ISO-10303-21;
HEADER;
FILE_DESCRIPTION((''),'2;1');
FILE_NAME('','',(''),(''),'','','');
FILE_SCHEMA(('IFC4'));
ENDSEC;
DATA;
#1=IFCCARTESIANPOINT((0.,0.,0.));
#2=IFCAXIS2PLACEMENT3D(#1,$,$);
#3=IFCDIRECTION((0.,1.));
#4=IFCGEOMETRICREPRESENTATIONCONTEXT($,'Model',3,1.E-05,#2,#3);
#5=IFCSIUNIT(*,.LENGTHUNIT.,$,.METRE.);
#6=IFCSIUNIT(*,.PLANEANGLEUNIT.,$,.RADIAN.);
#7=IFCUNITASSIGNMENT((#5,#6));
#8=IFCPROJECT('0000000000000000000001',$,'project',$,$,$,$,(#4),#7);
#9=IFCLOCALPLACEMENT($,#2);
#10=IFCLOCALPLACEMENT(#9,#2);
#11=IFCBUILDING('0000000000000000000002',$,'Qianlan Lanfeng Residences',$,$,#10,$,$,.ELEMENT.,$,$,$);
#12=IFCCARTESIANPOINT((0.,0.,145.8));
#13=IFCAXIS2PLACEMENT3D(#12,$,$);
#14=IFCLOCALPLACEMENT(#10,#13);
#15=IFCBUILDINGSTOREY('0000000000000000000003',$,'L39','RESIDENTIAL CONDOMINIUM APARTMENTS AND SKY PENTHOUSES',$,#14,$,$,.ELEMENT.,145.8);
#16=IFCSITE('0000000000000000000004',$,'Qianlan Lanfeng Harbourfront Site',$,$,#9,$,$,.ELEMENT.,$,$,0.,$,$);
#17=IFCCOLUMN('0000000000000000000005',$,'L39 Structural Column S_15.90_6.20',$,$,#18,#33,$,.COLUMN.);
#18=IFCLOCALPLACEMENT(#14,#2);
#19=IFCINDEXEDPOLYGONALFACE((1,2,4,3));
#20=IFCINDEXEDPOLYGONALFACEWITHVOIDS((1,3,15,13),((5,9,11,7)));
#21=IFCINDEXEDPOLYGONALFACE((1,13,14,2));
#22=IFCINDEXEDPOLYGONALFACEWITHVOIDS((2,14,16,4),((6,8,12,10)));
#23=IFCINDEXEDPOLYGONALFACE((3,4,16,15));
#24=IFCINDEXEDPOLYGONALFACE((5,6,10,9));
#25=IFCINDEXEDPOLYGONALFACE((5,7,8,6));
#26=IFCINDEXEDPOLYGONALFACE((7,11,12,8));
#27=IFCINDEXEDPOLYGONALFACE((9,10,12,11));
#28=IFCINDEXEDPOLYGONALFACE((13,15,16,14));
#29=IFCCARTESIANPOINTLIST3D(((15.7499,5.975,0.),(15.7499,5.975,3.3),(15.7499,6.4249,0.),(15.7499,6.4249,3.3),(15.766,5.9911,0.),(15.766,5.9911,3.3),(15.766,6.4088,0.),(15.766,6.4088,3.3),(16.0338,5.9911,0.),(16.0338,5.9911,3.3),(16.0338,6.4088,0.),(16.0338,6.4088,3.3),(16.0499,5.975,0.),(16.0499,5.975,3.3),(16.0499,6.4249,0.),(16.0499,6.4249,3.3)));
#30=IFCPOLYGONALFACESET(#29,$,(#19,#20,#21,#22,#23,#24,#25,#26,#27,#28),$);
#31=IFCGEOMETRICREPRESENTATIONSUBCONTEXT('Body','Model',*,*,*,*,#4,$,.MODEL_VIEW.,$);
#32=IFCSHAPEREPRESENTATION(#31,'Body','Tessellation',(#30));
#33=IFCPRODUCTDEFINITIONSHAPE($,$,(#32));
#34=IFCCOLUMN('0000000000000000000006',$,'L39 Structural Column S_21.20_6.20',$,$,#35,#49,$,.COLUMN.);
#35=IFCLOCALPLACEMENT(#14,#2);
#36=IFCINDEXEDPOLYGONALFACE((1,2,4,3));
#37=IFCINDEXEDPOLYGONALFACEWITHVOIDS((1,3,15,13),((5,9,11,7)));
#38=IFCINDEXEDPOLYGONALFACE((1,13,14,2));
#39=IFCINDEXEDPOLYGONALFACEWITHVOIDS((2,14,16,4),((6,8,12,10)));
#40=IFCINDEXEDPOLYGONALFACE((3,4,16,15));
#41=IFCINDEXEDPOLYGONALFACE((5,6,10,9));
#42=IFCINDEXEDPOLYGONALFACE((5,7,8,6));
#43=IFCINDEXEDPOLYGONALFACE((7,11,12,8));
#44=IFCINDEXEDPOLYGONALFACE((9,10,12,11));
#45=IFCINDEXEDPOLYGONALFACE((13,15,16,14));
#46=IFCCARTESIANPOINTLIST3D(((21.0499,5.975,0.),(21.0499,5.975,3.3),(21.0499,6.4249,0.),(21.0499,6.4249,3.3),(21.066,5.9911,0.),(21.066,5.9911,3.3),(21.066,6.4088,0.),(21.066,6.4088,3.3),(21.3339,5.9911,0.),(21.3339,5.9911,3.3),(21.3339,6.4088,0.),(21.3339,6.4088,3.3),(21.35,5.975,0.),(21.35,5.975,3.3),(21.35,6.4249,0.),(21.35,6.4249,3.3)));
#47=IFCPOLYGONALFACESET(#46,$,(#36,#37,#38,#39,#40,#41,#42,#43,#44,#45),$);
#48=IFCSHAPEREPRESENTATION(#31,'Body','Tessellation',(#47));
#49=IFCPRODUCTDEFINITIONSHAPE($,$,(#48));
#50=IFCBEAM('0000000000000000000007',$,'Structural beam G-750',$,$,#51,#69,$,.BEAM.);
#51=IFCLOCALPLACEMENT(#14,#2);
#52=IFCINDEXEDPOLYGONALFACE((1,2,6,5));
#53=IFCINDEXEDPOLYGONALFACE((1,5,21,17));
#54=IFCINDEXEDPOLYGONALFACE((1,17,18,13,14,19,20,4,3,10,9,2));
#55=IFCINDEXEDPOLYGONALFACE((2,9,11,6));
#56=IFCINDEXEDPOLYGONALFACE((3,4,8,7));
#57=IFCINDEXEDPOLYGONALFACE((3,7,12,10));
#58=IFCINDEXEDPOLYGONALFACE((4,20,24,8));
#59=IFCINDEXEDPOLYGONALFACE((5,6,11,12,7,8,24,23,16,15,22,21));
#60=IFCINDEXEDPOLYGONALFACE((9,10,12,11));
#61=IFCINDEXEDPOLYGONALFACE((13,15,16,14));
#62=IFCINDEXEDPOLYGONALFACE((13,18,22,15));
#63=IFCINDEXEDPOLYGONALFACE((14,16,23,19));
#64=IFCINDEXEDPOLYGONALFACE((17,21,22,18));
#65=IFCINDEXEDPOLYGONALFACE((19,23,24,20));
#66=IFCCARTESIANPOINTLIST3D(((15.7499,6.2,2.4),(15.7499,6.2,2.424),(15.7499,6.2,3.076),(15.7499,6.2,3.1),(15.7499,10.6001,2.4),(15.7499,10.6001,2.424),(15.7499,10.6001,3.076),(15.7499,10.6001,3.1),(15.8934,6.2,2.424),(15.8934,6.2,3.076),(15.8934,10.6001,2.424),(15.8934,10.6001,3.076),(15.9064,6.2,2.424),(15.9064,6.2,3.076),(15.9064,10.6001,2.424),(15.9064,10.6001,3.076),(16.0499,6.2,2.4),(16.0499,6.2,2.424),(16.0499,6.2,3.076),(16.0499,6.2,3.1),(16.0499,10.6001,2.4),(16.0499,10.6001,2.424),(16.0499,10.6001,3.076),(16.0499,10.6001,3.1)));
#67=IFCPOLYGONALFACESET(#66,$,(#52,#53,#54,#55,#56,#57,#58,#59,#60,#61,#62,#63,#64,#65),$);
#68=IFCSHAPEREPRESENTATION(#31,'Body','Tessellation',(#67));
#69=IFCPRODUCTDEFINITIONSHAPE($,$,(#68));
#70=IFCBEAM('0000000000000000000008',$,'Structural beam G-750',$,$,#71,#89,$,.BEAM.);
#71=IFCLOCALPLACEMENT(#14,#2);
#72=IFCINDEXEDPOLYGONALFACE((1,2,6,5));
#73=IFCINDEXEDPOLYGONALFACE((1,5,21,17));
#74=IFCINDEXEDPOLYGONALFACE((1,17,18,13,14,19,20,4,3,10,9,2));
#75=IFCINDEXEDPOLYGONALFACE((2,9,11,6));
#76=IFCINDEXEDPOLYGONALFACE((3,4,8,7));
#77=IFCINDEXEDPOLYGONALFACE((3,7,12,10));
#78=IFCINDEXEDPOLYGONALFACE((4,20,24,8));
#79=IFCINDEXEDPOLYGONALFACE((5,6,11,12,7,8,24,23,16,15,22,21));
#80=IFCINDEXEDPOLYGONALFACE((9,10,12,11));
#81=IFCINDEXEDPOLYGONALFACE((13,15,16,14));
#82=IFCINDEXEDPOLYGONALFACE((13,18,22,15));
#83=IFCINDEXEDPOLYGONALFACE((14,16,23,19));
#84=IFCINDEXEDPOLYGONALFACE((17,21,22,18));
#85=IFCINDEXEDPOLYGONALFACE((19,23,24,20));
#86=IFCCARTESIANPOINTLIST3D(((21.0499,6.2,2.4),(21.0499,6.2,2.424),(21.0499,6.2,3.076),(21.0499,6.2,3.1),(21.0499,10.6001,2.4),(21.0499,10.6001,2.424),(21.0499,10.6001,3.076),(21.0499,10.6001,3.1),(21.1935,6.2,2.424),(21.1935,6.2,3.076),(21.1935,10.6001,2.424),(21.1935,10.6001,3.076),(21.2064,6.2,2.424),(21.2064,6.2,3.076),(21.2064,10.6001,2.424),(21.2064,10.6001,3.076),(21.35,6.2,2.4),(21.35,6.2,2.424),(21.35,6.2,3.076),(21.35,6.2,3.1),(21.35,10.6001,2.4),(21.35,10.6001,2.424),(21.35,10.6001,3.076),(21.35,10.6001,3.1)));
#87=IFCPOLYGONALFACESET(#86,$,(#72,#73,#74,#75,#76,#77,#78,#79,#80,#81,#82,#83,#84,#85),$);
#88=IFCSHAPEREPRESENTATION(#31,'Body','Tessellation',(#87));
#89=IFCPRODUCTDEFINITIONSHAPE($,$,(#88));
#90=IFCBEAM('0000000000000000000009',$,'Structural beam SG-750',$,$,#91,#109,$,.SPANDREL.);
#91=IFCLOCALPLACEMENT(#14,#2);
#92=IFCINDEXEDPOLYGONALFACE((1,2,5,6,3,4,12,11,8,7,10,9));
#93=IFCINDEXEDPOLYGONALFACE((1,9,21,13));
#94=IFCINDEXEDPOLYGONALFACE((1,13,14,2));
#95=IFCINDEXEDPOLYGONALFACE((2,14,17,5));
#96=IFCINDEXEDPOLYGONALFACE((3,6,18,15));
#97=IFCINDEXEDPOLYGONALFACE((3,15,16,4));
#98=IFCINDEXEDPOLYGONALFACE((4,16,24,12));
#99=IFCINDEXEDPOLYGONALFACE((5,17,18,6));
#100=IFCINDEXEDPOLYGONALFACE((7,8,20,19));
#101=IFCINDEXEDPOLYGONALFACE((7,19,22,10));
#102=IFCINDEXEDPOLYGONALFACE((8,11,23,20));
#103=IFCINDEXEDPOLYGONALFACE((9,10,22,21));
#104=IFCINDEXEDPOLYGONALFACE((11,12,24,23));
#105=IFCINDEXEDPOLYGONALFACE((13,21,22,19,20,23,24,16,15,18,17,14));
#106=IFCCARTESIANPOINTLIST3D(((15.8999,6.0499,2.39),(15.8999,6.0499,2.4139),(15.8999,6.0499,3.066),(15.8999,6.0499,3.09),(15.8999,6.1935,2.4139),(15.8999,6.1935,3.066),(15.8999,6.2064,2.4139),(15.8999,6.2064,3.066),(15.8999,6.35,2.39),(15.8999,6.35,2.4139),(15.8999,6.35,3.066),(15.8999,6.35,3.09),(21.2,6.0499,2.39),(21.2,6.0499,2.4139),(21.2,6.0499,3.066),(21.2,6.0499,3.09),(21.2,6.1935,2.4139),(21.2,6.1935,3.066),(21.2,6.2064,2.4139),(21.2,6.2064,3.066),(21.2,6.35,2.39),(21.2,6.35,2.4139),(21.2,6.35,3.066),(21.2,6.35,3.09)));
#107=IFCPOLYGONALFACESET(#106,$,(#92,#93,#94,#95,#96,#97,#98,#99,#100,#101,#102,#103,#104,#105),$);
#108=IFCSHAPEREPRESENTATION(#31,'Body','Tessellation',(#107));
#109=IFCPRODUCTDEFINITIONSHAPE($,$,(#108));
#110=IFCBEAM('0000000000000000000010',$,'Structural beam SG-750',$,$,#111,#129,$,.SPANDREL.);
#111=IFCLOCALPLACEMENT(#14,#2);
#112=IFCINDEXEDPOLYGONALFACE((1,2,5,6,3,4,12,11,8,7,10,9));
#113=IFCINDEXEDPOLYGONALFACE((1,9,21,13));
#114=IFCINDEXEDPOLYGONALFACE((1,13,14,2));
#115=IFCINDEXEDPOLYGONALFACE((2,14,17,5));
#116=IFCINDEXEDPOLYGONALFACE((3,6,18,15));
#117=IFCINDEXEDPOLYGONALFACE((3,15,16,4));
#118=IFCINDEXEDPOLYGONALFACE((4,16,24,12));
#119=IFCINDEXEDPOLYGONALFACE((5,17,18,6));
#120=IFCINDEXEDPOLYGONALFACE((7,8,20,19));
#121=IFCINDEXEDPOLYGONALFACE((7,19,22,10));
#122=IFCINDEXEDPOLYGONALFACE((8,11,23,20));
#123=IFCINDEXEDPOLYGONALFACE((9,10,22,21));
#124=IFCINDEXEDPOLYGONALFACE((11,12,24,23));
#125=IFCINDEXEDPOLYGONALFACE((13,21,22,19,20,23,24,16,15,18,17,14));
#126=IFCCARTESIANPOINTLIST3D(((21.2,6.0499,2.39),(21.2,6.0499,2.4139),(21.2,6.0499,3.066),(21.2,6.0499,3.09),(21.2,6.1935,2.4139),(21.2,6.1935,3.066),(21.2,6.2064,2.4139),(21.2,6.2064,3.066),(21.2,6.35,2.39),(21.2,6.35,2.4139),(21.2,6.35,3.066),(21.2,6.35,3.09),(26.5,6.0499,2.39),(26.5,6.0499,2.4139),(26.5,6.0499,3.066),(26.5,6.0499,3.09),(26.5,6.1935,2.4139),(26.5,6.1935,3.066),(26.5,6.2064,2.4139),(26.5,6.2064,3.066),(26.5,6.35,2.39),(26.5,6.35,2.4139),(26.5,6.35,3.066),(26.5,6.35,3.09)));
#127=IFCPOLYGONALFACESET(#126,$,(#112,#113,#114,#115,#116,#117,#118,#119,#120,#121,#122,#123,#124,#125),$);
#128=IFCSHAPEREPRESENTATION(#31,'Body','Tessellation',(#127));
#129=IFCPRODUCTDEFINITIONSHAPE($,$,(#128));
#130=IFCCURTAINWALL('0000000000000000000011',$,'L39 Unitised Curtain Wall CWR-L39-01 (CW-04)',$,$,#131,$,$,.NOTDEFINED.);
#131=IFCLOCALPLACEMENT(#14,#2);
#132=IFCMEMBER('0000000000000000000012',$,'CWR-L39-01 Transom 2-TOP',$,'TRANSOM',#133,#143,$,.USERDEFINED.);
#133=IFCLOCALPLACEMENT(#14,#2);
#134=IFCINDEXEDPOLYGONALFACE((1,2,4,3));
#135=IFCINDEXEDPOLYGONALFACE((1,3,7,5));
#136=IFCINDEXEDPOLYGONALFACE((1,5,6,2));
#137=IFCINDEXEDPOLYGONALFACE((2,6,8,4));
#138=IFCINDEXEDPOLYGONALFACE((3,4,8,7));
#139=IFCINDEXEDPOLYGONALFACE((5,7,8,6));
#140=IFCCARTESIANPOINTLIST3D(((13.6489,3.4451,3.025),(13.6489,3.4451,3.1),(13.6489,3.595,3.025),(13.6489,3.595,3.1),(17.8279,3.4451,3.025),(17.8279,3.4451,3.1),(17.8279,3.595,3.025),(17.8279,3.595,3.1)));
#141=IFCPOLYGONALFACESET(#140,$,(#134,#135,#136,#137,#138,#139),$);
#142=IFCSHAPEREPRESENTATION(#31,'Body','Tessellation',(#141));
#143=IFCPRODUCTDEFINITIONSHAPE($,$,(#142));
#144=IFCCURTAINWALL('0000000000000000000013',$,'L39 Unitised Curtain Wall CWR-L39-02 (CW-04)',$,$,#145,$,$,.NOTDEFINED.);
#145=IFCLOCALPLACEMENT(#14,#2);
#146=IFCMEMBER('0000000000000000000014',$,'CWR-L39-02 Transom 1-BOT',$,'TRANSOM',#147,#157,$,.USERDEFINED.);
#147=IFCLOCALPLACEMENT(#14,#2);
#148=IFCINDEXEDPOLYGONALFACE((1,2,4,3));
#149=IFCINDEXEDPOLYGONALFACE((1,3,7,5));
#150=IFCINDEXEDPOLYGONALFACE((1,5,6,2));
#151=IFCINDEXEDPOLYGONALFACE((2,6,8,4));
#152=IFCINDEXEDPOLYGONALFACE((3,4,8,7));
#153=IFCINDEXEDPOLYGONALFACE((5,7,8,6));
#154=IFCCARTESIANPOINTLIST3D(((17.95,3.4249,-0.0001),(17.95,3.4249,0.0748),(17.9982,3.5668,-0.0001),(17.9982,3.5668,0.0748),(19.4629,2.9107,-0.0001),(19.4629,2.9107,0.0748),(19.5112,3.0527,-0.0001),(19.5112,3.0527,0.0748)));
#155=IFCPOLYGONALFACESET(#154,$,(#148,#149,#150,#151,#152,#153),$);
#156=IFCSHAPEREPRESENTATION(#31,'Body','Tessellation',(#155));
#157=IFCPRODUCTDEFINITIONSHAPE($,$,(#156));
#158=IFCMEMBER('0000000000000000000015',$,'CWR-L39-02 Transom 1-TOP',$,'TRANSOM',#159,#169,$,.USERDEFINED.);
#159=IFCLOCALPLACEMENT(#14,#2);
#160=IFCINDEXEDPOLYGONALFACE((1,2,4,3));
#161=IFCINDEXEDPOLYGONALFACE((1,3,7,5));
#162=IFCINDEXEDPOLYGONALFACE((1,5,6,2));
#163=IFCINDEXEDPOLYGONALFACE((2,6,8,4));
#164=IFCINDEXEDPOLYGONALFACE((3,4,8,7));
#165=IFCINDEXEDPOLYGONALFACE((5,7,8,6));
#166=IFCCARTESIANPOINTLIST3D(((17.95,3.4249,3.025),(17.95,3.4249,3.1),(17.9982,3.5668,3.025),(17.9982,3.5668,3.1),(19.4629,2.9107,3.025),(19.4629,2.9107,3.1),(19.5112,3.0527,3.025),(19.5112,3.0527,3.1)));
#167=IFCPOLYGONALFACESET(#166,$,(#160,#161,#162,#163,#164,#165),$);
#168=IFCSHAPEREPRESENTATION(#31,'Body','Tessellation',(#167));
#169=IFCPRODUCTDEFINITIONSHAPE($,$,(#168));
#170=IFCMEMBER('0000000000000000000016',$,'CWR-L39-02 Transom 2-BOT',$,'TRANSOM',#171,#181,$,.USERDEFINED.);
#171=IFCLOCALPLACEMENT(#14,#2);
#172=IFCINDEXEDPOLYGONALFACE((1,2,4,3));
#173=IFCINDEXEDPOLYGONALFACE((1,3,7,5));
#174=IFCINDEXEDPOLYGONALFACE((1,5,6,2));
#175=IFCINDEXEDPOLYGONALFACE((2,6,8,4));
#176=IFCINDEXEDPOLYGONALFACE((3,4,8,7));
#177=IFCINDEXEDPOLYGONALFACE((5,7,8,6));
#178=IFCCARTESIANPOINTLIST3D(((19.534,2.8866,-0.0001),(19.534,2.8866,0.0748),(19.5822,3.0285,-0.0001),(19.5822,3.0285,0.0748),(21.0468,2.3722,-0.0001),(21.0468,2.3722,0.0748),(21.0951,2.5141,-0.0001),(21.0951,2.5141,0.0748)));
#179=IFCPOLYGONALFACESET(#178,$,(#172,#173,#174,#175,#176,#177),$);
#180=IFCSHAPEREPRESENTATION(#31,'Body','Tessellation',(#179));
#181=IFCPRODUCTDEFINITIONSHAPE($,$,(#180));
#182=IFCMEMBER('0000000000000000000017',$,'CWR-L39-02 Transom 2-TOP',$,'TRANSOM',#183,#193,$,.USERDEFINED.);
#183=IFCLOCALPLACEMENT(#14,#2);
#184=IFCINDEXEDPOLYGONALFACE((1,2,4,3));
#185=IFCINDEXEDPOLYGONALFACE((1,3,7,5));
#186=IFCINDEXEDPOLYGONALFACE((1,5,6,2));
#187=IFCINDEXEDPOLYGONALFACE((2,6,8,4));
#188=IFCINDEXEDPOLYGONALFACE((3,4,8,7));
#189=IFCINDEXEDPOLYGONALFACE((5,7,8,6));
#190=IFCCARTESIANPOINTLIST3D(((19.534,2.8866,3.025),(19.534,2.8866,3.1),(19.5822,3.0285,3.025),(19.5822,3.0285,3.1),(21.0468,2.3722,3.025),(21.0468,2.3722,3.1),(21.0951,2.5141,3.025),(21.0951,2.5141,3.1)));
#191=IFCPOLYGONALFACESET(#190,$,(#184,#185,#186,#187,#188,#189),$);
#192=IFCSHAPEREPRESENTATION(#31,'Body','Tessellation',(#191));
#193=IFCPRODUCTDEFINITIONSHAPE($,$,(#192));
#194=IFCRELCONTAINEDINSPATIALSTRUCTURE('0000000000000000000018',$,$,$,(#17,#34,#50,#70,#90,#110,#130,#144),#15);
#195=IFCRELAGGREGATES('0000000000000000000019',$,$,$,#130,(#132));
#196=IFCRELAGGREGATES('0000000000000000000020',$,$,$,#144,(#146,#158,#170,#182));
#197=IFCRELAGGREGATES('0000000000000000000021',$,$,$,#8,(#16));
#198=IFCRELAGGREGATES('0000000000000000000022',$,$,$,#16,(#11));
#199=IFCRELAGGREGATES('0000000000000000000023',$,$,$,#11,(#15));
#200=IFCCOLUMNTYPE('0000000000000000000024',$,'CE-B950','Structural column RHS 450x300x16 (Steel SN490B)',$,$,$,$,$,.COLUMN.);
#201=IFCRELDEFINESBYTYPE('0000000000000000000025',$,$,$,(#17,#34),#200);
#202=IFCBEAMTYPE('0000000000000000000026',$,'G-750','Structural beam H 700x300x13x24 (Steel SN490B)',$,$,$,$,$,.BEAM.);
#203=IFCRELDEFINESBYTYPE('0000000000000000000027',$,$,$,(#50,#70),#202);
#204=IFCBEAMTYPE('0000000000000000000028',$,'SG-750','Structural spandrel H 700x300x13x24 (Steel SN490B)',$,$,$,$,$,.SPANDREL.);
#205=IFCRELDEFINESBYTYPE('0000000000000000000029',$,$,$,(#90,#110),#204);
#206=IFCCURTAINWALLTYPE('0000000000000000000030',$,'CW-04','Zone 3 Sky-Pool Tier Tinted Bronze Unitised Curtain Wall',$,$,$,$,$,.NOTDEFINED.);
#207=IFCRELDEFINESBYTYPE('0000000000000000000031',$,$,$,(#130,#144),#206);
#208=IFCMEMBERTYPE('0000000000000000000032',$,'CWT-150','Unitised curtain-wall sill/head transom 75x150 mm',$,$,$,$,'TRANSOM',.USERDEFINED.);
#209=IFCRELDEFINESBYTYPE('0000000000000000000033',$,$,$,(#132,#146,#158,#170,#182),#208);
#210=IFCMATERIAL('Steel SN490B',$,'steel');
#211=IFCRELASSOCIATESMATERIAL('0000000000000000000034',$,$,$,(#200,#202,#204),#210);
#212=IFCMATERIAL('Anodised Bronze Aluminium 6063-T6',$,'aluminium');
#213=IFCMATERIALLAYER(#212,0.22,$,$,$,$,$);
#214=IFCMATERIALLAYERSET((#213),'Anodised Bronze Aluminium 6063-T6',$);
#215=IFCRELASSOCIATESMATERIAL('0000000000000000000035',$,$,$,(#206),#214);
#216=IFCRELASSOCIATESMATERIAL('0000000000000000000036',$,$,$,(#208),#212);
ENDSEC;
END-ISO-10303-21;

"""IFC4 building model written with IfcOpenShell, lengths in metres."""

from ifc_helpers import new_model, si_unit, direction, frame, origin, origin_2d, place, context, subcontext, project, spatial, rectangle, hollow_rectangle, i_section, extrude, source, transform, mapped, material, layer, layer_set, material_profile, profile_set, type_object, element, aggregate, save


model = new_model("IFC4")

# Units and contexts
model_context = context("Model", 3, precision=1e-05, world=origin(), true_north=direction((0.0, 1.0)))
body_context = subcontext(model_context, "Body", "Model", "MODEL_VIEW")
ifc_project = project(units=[si_unit("LENGTHUNIT", "METRE"), si_unit("PLANEANGLEUNIT", "RADIAN")], contexts=[model_context])

# Site, building, storey
site_placement = place(None, origin())
site = spatial("IfcSite", under=ifc_project, at=site_placement, Name="Qianlan Lanfeng Harbourfront Site", CompositionType="ELEMENT", RefElevation=0.0)
building_placement = place(site_placement, origin())
building = spatial("IfcBuilding", under=site, at=building_placement, Name="Qianlan Lanfeng Residences", CompositionType="ELEMENT")
storey_placement = place(building_placement, frame((0.0, 0.0, 145.8)))
storey = spatial("IfcBuildingStorey", under=building, at=storey_placement, Name="L39", Description="RESIDENTIAL CONDOMINIUM APARTMENTS AND SKY PENTHOUSES", CompositionType="ELEMENT", Elevation=145.8)

# Columns
ifc_material_1 = material(Name="Steel SN490B", Category="steel")
ifc_material_profile_1 = material_profile(ifc_material_1, hollow_rectangle(XDim=0.3, YDim=0.45, WallThickness=0.0161, at=origin_2d()), Name="RHS 450x300x16")
ifc_profile_set_1 = profile_set([ifc_material_profile_1], Name="Steel SN490B")
column_type = type_object("IfcColumnType", Name="CE-B950", Description="Structural column RHS 450x300x16 (Steel SN490B)", PredefinedType="COLUMN", material=ifc_profile_set_1)
for number, where, z_axis, x_axis, name in (
    (1, (15.8999, 6.2, 0.0), (0.0, 0.0, 1.0), (1.0, 0.0, 0.0), "L39 Structural Column S_15.90_6.20"),
    (2, (21.2, 6.2, 0.0), (0.0, 0.0, 1.0), (1.0, 0.0, 0.0), "L39 Structural Column S_21.20_6.20"),
):
    element("IfcColumn", number, at=place(storey_placement, frame(where, z_axis=z_axis, x_axis=x_axis)), inside=storey, type_object=column_type, Name=name, PredefinedType="COLUMN", context=body_context, shape_type="SweptSolid", body=[
        extrude(hollow_rectangle(XDim=0.3, YDim=0.45, WallThickness=0.0161, at=origin_2d()), origin(), (0.0, 0.0, 1.0), 3.3),
    ])

# Beams
ifc_material_profile_2 = material_profile(ifc_material_1, i_section(OverallWidth=0.3, OverallDepth=0.7, WebThickness=0.0129, FlangeThickness=0.0239, at=origin_2d()), Name="H 700x300x13x24")
ifc_profile_set_2 = profile_set([ifc_material_profile_2], Name="Steel SN490B")
beam_type_1 = type_object("IfcBeamType", Name="G-750", Description="Structural beam H 700x300x13x24 (Steel SN490B)", PredefinedType="BEAM", material=ifc_profile_set_2)
for number, where, z_axis, x_axis, name in (
    (3, (15.8999, 6.2, 2.75), (0.0, 1.0, 0.0), (-1.0, 0.0, 0.0), "Structural beam G-750"),
    (4, (21.2, 6.2, 2.75), (0.0, 1.0, 0.0), (-1.0, 0.0, 0.0), "Structural beam G-750"),
):
    element("IfcBeam", number, at=place(storey_placement, frame(where, z_axis=z_axis, x_axis=x_axis)), inside=storey, type_object=beam_type_1, Name=name, PredefinedType="BEAM", context=body_context, shape_type="SweptSolid", body=[
        extrude(i_section(OverallWidth=0.3, OverallDepth=0.7, WebThickness=0.0129, FlangeThickness=0.0239, at=origin_2d()), origin(), (0.0, 0.0, 1.0), 4.4001),
    ])
ifc_material_profile_3 = material_profile(ifc_material_1, i_section(OverallWidth=0.3, OverallDepth=0.7, WebThickness=0.0129, FlangeThickness=0.0239, at=origin_2d()), Name="H 700x300x13x24")
ifc_profile_set_3 = profile_set([ifc_material_profile_3], Name="Steel SN490B")
beam_type_2 = type_object("IfcBeamType", Name="SG-750", Description="Structural spandrel H 700x300x13x24 (Steel SN490B)", PredefinedType="SPANDREL", material=ifc_profile_set_3)
for number, where, z_axis, x_axis, name in (
    (5, (15.8999, 6.2, 2.74), (1.0, 0.0, 0.0), (0.0, 1.0, 0.0), "Structural beam SG-750"),
    (6, (21.2, 6.2, 2.74), (1.0, 0.0, 0.0), (0.0, 1.0, 0.0), "Structural beam SG-750"),
):
    element("IfcBeam", number, at=place(storey_placement, frame(where, z_axis=z_axis, x_axis=x_axis)), inside=storey, type_object=beam_type_2, Name=name, PredefinedType="SPANDREL", context=body_context, shape_type="SweptSolid", body=[
        extrude(i_section(OverallWidth=0.3, OverallDepth=0.7, WebThickness=0.0129, FlangeThickness=0.0239, at=origin_2d()), origin(), (0.0, 0.0, 1.0), 5.3),
    ])

# Curtain wall, member
ifc_material_2 = material(Name="Anodised Bronze Aluminium 6063-T6", Category="aluminium")
ifc_layer_1 = layer(ifc_material_2, 0.22)
ifc_layer_set_1 = layer_set([ifc_layer_1], Name="Anodised Bronze Aluminium 6063-T6")
curtain_wall_type = type_object("IfcCurtainWallType", Name="CW-04", Description="Zone 3 Sky-Pool Tier Tinted Bronze Unitised Curtain Wall", PredefinedType="NOTDEFINED", material=ifc_layer_set_1)
curtain_wall_1_placement = place(storey_placement, origin())
curtain_wall_1 = element("IfcCurtainWall", 7, at=curtain_wall_1_placement, inside=storey, type_object=curtain_wall_type, Name="L39 Unitised Curtain Wall CWR-L39-01 (CW-04)", PredefinedType="NOTDEFINED")
ifc_material_profile_4 = material_profile(ifc_material_2, rectangle(XDim=0.075, YDim=0.1499, at=origin_2d()), Name="ALU TRANSOM 75x150")
ifc_profile_set_4 = profile_set([ifc_material_profile_4], Name="Anodised Bronze Aluminium 6063-T6")
member_type_1 = type_object("IfcMemberType", Name="CWT-150", Description="Unitised curtain-wall sill/head transom 75x150 mm", ElementType="TRANSOM", PredefinedType="USERDEFINED", material=ifc_profile_set_4)
shared_shape_1 = source(origin(), body_context, "Body", "SweptSolid", [
    extrude(rectangle(XDim=0.075, YDim=0.1499, at=origin_2d()), origin(), (0.0, 0.0, 1.0), 4.179),
])
member_1_placement = place(storey_placement, frame((13.6489, 3.52, 3.0625), z_axis=(1.0, 0.0, 0.0), x_axis=(0.0, 0.0, 1.0)))
member_1 = element("IfcMember", 8, at=member_1_placement, type_object=member_type_1, Name="CWR-L39-01 Transom 2-TOP", ObjectType="TRANSOM", PredefinedType="USERDEFINED", context=body_context, shape_type="MappedRepresentation", body=[
    mapped(shared_shape_1, transform((0.0, 0.0, 0.0), scale=1.0)),
])

# Curtain wall, members
curtain_wall_2_placement = place(storey_placement, origin())
curtain_wall_2 = element("IfcCurtainWall", 9, at=curtain_wall_2_placement, inside=storey, type_object=curtain_wall_type, Name="L39 Unitised Curtain Wall CWR-L39-02 (CW-04)", PredefinedType="NOTDEFINED")
shared_shape_2 = source(origin(), body_context, "Body", "SweptSolid", [
    extrude(rectangle(XDim=0.075, YDim=0.1499, at=origin_2d()), origin(), (0.0, 0.0, 1.0), 1.5979),
])
member_2_placement = place(storey_placement, frame((17.9741, 3.4958, 0.0374), z_axis=(0.946818, -0.321769, 0.0), x_axis=(0.0, 0.0, 1.0)))
member_2 = element("IfcMember", 10, at=member_2_placement, type_object=member_type_1, Name="CWR-L39-02 Transom 1-BOT", ObjectType="TRANSOM", PredefinedType="USERDEFINED", context=body_context, shape_type="MappedRepresentation", body=[
    mapped(shared_shape_2, transform((0.0, 0.0, 0.0), scale=1.0)),
])
member_3_placement = place(storey_placement, frame((17.9741, 3.4958, 3.0625), z_axis=(0.946818, -0.321769, 0.0), x_axis=(0.0, 0.0, 1.0)))
member_3 = element("IfcMember", 11, at=member_3_placement, type_object=member_type_1, Name="CWR-L39-02 Transom 1-TOP", ObjectType="TRANSOM", PredefinedType="USERDEFINED", context=body_context, shape_type="MappedRepresentation", body=[
    mapped(shared_shape_2, transform((0.0, 0.0, 0.0), scale=1.0)),
])
member_4_placement = place(storey_placement, frame((19.5581, 2.9575, 0.0374), z_axis=(0.946772, -0.321905, 0.0), x_axis=(0.0, 0.0, 1.0)))
member_4 = element("IfcMember", 12, at=member_4_placement, type_object=member_type_1, Name="CWR-L39-02 Transom 2-BOT", ObjectType="TRANSOM", PredefinedType="USERDEFINED", context=body_context, shape_type="MappedRepresentation", body=[
    mapped(shared_shape_2, transform((0.0, 0.0, 0.0), scale=1.0)),
])
member_5_placement = place(storey_placement, frame((19.5581, 2.9575, 3.0625), z_axis=(0.946772, -0.321905, 0.0), x_axis=(0.0, 0.0, 1.0)))
member_5 = element("IfcMember", 13, at=member_5_placement, type_object=member_type_1, Name="CWR-L39-02 Transom 2-TOP", ObjectType="TRANSOM", PredefinedType="USERDEFINED", context=body_context, shape_type="MappedRepresentation", body=[
    mapped(shared_shape_2, transform((0.0, 0.0, 0.0), scale=1.0)),
])

aggregate(curtain_wall_1, [member_1])
aggregate(curtain_wall_2, [member_2, member_3, member_4, member_5])

save(model, "model.ifc")
